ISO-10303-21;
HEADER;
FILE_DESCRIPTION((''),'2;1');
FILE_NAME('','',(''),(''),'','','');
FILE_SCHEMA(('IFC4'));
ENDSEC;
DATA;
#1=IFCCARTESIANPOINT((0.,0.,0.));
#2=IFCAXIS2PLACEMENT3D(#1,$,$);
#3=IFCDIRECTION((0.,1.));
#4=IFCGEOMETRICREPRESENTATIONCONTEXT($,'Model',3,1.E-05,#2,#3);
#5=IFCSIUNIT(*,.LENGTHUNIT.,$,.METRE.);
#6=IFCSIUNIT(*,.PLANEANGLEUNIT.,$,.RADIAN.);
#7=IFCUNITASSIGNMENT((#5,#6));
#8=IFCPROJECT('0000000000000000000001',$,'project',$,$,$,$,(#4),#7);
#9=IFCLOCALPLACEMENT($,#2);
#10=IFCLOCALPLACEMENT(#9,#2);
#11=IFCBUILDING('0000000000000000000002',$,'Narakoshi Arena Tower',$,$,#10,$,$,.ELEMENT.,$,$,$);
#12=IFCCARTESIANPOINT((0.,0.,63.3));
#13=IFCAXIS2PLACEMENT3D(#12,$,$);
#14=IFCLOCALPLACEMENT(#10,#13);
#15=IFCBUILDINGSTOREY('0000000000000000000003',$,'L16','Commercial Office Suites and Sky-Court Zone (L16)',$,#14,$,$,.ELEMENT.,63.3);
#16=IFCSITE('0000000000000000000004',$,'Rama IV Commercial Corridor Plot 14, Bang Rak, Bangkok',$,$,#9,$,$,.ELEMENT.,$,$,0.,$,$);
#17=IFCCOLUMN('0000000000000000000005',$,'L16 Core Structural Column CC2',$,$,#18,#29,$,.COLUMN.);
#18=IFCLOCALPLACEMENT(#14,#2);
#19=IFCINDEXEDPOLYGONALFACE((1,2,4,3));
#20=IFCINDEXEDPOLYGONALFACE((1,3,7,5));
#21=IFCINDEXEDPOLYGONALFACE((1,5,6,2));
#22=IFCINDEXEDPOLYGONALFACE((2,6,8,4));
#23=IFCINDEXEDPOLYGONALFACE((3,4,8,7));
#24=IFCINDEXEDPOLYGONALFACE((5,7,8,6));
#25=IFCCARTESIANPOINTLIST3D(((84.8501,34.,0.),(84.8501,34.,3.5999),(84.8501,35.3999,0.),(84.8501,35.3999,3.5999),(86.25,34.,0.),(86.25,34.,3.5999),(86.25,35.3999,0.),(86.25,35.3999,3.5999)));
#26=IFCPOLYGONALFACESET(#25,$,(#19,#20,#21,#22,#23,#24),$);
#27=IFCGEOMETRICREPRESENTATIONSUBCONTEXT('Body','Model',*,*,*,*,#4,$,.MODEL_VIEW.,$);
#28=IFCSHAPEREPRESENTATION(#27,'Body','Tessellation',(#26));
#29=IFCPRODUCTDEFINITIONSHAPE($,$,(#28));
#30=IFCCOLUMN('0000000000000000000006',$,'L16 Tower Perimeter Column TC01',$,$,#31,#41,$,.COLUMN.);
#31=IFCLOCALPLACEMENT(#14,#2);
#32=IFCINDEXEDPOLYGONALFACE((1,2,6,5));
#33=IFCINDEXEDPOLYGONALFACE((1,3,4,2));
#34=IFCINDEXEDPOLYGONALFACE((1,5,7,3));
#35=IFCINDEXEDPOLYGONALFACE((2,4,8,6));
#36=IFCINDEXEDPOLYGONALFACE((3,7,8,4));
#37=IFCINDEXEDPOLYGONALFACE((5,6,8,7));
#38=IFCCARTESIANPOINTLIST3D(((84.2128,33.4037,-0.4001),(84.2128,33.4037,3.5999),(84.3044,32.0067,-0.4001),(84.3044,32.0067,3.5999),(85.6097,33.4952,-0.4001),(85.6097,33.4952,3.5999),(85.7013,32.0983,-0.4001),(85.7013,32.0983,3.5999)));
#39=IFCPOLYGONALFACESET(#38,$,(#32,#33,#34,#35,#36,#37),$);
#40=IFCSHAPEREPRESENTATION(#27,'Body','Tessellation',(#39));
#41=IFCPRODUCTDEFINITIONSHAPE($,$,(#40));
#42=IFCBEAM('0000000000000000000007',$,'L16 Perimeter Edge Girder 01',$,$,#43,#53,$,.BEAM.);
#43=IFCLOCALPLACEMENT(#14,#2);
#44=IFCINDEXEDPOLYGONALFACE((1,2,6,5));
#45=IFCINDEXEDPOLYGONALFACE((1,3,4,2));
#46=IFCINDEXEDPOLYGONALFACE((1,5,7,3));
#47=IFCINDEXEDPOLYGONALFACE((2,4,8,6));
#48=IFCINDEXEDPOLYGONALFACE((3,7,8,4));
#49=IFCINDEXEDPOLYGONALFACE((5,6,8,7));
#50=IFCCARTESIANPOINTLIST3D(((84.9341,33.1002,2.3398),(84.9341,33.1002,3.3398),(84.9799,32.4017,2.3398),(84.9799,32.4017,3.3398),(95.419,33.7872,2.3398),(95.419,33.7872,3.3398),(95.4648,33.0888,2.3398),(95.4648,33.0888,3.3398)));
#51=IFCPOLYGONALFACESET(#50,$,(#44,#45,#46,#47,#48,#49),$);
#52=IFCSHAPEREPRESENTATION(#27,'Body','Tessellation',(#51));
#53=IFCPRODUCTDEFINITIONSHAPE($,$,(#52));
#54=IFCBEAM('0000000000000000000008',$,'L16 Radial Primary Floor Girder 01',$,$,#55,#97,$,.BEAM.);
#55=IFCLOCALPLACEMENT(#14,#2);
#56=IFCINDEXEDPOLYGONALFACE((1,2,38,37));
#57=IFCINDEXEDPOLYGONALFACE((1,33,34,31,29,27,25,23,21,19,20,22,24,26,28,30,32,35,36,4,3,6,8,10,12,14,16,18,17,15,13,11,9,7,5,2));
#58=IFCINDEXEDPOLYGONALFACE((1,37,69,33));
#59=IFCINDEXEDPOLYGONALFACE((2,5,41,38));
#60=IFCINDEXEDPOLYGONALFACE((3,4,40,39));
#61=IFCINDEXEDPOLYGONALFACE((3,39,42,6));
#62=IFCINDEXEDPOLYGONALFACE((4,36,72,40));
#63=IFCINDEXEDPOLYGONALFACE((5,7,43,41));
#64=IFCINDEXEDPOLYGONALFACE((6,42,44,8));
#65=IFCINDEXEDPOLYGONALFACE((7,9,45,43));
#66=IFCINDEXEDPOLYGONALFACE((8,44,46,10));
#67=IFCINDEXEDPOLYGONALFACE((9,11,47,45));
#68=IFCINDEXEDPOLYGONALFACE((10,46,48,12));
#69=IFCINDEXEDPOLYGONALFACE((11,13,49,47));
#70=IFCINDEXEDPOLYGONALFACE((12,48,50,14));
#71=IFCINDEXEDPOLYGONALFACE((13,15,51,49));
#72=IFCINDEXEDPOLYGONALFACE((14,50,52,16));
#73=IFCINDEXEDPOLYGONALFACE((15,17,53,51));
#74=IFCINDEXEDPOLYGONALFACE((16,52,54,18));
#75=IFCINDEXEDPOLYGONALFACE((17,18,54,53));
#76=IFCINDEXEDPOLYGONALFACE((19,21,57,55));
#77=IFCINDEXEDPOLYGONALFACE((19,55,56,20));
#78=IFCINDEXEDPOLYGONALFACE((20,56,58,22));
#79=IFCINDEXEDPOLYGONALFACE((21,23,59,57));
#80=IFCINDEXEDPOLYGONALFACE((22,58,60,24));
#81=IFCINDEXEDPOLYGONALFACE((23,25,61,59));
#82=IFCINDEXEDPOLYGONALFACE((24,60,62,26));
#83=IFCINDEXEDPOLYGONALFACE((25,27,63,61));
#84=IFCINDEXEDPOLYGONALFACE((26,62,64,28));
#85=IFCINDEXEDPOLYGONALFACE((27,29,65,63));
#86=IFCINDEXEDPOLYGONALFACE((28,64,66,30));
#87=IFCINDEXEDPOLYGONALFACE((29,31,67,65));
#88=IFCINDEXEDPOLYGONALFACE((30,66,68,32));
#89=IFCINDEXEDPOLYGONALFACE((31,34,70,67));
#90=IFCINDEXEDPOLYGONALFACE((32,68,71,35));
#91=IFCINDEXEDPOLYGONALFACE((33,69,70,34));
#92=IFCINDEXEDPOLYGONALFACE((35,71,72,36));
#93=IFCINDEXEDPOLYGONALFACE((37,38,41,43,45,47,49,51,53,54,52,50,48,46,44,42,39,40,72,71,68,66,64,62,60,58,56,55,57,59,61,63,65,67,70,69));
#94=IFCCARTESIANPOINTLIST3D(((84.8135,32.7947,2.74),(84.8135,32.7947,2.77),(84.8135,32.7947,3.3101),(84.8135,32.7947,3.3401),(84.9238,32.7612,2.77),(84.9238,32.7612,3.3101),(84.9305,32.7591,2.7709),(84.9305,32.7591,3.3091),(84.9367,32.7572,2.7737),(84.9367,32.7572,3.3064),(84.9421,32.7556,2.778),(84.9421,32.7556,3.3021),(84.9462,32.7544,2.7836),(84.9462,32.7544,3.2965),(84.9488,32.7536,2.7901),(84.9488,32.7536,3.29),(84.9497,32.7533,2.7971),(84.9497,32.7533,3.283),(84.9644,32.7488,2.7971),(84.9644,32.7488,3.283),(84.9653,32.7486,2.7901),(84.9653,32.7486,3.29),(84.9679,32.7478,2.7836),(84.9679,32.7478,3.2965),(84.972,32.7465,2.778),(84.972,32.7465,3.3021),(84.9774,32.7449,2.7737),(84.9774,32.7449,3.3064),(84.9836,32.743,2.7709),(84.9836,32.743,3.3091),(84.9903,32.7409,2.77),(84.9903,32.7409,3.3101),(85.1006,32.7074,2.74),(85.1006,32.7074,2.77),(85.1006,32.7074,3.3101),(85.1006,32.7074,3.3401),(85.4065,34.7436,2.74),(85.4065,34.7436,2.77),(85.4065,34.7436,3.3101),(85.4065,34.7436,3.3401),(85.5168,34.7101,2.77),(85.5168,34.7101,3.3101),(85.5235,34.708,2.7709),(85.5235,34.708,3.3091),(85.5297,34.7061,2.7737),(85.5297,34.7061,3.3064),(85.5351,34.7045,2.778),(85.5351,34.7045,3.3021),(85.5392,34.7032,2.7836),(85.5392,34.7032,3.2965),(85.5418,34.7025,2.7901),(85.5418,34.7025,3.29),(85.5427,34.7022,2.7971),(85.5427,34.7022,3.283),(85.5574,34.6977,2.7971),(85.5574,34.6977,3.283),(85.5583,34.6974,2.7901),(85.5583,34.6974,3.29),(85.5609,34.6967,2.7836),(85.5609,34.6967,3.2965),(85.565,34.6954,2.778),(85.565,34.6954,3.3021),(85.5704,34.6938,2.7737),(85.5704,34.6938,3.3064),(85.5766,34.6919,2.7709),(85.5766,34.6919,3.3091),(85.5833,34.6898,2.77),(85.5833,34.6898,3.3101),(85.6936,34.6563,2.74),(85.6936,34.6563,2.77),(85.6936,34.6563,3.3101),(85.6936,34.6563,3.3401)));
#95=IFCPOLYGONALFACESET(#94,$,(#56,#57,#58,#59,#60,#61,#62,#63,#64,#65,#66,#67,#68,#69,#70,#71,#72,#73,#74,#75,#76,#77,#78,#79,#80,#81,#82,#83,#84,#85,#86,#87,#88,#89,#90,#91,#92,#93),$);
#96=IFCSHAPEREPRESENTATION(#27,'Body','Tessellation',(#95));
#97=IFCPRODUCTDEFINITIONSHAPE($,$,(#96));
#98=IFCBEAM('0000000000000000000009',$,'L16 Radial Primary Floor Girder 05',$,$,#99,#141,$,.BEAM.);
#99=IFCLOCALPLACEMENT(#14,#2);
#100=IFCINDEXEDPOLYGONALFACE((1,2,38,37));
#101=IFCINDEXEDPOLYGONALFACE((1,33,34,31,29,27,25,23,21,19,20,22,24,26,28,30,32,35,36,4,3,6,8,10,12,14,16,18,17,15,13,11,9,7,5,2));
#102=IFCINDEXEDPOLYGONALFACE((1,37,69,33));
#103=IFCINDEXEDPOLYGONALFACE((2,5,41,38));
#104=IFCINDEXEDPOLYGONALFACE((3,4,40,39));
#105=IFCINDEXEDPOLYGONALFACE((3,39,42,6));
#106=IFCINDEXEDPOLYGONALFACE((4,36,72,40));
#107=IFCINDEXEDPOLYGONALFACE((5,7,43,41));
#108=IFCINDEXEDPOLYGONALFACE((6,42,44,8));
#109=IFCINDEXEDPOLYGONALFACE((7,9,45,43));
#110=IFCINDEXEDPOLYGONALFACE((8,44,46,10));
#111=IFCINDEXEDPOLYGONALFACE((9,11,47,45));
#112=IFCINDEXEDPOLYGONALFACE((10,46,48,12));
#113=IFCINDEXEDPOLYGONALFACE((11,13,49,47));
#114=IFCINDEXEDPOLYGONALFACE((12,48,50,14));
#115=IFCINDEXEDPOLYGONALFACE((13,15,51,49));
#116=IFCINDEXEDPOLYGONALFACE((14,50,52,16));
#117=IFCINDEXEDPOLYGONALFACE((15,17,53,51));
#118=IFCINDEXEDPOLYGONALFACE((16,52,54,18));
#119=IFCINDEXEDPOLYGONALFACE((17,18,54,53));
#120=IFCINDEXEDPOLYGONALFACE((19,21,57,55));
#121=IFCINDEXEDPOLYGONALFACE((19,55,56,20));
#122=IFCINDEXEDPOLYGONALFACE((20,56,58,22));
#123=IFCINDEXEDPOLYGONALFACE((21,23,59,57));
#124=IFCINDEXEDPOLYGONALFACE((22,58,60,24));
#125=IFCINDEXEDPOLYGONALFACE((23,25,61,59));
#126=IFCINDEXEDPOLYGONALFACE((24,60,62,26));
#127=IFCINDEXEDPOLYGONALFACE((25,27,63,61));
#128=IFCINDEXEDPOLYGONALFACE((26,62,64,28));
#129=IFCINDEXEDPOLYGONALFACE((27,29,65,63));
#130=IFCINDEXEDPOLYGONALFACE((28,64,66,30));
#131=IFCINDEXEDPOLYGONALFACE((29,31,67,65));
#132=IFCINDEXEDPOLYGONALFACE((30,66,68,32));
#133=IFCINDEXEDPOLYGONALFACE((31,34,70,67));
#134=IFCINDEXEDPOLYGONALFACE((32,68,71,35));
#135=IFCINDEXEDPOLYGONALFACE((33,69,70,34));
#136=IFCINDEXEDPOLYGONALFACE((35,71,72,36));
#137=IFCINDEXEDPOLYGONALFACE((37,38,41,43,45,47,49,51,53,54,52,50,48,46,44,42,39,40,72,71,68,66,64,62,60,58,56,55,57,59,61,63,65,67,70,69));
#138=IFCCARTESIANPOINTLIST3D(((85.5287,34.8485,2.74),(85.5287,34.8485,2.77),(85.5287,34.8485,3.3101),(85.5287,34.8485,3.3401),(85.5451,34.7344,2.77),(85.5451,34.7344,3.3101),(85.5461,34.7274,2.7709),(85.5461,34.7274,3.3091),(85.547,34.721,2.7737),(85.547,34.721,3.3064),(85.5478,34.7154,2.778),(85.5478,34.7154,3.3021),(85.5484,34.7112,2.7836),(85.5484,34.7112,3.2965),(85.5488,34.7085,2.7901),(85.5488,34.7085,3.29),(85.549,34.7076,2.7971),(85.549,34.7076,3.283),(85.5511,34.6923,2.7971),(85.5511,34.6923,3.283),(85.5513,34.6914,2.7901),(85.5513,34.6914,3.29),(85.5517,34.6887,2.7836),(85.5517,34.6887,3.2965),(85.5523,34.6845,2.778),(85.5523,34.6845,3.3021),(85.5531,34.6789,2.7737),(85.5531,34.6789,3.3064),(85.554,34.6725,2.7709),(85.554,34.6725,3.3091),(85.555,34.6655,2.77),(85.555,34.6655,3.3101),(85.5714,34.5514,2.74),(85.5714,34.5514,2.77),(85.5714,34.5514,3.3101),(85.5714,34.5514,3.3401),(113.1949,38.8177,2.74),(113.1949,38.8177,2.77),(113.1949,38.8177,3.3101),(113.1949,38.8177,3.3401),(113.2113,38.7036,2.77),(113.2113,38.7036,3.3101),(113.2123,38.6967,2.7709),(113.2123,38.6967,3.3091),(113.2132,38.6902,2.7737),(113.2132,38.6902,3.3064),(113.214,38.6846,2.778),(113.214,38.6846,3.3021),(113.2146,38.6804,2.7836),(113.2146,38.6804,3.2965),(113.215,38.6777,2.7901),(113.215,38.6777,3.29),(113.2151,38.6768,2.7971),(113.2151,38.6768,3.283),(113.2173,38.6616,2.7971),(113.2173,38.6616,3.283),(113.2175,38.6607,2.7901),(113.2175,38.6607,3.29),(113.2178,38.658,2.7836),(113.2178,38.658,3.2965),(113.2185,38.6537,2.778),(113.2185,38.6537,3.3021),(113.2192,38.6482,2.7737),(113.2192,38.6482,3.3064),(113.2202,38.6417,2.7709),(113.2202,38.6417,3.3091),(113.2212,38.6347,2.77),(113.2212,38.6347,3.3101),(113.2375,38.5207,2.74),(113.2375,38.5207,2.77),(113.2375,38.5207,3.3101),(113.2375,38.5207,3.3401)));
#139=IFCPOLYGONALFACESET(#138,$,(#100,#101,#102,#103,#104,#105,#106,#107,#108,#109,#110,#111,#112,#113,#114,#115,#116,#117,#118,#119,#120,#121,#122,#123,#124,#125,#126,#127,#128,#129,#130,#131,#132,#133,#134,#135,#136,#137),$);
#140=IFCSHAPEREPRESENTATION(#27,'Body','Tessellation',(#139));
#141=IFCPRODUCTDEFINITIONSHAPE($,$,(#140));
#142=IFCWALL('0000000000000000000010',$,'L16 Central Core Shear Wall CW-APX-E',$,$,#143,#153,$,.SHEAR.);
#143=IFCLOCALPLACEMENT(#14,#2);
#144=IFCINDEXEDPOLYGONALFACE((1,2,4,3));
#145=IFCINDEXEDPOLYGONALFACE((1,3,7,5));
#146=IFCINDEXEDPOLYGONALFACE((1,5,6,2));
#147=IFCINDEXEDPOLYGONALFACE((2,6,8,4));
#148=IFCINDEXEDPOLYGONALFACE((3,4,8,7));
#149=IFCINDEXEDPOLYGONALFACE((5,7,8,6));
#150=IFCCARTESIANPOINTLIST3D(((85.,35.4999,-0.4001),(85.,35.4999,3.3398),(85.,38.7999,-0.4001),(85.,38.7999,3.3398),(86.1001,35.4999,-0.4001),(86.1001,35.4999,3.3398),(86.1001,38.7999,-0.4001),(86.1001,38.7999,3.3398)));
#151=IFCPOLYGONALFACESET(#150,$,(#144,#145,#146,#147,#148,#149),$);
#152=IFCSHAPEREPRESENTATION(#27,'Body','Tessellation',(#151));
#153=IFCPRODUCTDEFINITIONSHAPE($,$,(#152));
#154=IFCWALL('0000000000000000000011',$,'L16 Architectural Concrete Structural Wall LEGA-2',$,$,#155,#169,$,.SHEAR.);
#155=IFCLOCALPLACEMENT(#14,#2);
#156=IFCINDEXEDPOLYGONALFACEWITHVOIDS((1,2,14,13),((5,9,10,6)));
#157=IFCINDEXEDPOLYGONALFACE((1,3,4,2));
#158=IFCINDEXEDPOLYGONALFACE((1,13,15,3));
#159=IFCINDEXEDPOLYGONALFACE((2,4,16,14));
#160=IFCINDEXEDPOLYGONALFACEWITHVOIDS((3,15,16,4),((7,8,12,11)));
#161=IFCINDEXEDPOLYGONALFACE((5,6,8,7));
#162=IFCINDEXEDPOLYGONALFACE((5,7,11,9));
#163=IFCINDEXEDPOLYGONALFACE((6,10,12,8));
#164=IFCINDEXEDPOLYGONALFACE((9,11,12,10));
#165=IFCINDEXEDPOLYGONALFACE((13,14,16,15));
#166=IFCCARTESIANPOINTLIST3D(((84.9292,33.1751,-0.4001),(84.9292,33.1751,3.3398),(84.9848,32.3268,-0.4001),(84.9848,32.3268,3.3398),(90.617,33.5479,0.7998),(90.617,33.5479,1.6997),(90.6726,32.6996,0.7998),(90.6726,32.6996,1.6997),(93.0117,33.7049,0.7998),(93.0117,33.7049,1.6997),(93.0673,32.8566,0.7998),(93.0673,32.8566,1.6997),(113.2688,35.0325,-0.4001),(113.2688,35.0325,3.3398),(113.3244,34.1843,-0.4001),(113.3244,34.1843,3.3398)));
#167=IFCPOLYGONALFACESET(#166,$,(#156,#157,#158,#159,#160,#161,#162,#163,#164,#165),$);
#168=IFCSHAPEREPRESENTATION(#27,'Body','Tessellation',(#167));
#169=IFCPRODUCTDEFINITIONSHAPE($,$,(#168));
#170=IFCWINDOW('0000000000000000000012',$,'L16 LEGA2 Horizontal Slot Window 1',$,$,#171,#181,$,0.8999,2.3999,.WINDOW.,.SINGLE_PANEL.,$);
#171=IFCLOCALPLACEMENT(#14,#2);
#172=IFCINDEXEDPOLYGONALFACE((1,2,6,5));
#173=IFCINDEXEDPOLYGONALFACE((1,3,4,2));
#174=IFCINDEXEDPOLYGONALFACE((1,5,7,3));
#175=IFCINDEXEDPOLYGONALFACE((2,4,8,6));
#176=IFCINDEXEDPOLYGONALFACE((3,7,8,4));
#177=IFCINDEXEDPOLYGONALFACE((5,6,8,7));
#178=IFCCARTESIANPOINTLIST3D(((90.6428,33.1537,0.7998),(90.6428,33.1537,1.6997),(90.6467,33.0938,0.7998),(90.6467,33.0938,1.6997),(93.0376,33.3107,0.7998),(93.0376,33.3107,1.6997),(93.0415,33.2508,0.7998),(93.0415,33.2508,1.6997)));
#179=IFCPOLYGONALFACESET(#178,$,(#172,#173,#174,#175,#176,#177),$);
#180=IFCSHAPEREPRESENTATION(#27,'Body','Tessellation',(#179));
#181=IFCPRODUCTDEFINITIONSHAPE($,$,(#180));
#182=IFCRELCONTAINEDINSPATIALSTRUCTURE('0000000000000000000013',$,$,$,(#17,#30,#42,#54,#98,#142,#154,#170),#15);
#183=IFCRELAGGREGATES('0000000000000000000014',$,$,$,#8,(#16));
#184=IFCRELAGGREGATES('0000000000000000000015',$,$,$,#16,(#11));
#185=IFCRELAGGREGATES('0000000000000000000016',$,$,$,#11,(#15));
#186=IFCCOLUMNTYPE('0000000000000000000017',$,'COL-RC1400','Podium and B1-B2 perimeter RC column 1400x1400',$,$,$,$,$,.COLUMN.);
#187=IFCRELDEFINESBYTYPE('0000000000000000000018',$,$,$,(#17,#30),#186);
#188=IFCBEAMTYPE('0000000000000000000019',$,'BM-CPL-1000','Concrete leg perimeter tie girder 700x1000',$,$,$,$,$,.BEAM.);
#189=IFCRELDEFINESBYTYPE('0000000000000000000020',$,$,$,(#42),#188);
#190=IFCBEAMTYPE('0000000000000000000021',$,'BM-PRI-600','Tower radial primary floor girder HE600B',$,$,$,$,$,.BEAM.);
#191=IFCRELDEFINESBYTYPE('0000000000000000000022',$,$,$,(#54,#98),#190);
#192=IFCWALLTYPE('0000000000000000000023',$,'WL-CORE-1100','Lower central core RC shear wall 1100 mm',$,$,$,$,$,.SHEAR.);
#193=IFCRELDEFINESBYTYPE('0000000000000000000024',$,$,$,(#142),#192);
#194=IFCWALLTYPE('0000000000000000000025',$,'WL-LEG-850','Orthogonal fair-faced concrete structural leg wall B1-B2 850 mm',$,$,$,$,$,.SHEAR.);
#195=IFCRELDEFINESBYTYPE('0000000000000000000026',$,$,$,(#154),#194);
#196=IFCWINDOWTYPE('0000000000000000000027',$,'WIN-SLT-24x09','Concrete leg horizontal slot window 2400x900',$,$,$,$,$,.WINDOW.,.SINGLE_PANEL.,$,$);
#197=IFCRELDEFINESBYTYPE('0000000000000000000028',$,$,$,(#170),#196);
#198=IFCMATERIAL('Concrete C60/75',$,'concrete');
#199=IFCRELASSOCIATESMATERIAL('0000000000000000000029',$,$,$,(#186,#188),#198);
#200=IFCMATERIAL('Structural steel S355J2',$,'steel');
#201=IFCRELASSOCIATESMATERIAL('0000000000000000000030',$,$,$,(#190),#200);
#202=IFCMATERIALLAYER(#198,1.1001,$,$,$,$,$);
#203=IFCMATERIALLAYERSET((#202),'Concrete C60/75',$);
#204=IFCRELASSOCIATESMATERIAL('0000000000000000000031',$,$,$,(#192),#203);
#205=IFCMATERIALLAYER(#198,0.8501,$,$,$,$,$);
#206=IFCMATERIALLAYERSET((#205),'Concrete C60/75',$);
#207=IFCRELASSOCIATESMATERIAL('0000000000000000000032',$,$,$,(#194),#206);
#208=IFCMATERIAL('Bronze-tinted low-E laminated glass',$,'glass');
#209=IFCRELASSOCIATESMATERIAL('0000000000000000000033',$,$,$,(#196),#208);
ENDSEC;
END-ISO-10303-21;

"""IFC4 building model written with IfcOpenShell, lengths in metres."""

from ifc_helpers import new_model, si_unit, direction, frame, frame_2d, origin, origin_2d, place, context, subcontext, project, spatial, rectangle, i_section, extrude, material, layer, layer_set, material_profile, profile_set, type_object, element, fill, save


model = new_model("IFC4")

# Units and contexts
model_context = context("Model", 3, precision=1e-05, world=origin(), true_north=direction((0.0, 1.0)))
body_context = subcontext(model_context, "Body", "Model", "MODEL_VIEW")
ifc_project = project(units=[si_unit("LENGTHUNIT", "METRE"), si_unit("PLANEANGLEUNIT", "RADIAN")], contexts=[model_context])

# Site, building, storey
site_placement = place(None, origin())
site = spatial("IfcSite", under=ifc_project, at=site_placement, Name="Rama IV Commercial Corridor Plot 14, Bang Rak, Bangkok", CompositionType="ELEMENT", RefElevation=0.0)
building_placement = place(site_placement, origin())
building = spatial("IfcBuilding", under=site, at=building_placement, Name="Narakoshi Arena Tower", CompositionType="ELEMENT")
storey_placement = place(building_placement, frame((0.0, 0.0, 63.3)))
storey = spatial("IfcBuildingStorey", under=building, at=storey_placement, Name="L16", Description="Commercial Office Suites and Sky-Court Zone (L16)", CompositionType="ELEMENT", Elevation=63.3)

# Columns
ifc_material_1 = material(Name="Concrete C60/75", Category="concrete")
ifc_material_profile_1 = material_profile(ifc_material_1, rectangle(XDim=1.3999, YDim=1.3999, at=origin_2d()), Name="RC1400x1400")
ifc_profile_set_1 = profile_set([ifc_material_profile_1], Name="Concrete C60/75")
column_type = type_object("IfcColumnType", Name="COL-RC1400", Description="Podium and B1-B2 perimeter RC column 1400x1400", PredefinedType="COLUMN", material=ifc_profile_set_1)
column_1_placement = place(storey_placement, frame((85.55, 34.7, 0.0), z_axis=(0.0, 0.0, 1.0), x_axis=(1.0, 0.0, 0.0)))
element("IfcColumn", 1, at=column_1_placement, inside=storey, type_object=column_type, Name="L16 Core Structural Column CC2", PredefinedType="COLUMN", context=body_context, shape_type="SweptSolid", body=[
    extrude(rectangle(XDim=1.3999, YDim=1.3999, at=origin_2d()), origin(), (0.0, 0.0, 1.0), 3.5999),
])
column_2_placement = place(storey_placement, frame((84.957, 32.751, -0.4001), z_axis=(0.0, 0.0, 1.0), x_axis=(0.997859, 0.065403, 0.0)))
element("IfcColumn", 2, at=column_2_placement, inside=storey, type_object=column_type, Name="L16 Tower Perimeter Column TC01", PredefinedType="COLUMN", context=body_context, shape_type="SweptSolid", body=[
    extrude(rectangle(XDim=1.3999, YDim=1.3999, at=origin_2d()), origin(), (0.0, 0.0, 1.0), 4.0),
])

# Beams
ifc_material_profile_2 = material_profile(ifc_material_1, rectangle(XDim=0.7, YDim=1.0, at=origin_2d()), Name="RCB700x1000")
ifc_profile_set_2 = profile_set([ifc_material_profile_2], Name="Concrete C60/75")
beam_type_1 = type_object("IfcBeamType", Name="BM-CPL-1000", Description="Concrete leg perimeter tie girder 700x1000", PredefinedType="BEAM", material=ifc_profile_set_2)
beam_1_placement = place(storey_placement, frame((84.957, 32.751, 2.8398), z_axis=(0.99786, 0.065384, 0.0), x_axis=(-0.065384, 0.99786, 0.0)))
element("IfcBeam", 3, at=beam_1_placement, inside=storey, type_object=beam_type_1, Name="L16 Perimeter Edge Girder 01", PredefinedType="BEAM", context=body_context, shape_type="SweptSolid", body=[
    extrude(rectangle(XDim=0.7, YDim=1.0, at=origin_2d()), origin(), (0.0, 0.0, 1.0), 10.5073),
])
ifc_material_2 = material(Name="Structural steel S355J2", Category="steel")
ifc_material_profile_3 = material_profile(ifc_material_2, i_section(OverallWidth=0.3, OverallDepth=0.6001, WebThickness=0.0154, FlangeThickness=0.03, FilletRadius=0.0271, at=origin_2d()), Name="HE600B")
ifc_profile_set_3 = profile_set([ifc_material_profile_3], Name="Structural steel S355J2")
beam_type_2 = type_object("IfcBeamType", Name="BM-PRI-600", Description="Tower radial primary floor girder HE600B", PredefinedType="BEAM", material=ifc_profile_set_3)
beam_2_placement = place(storey_placement, frame((85.55, 34.7, 3.04), z_axis=(-0.291095, -0.956694, 0.0), x_axis=(0.956694, -0.291095, 0.0)))
element("IfcBeam", 4, at=beam_2_placement, inside=storey, type_object=beam_type_2, Name="L16 Radial Primary Floor Girder 01", PredefinedType="BEAM", context=body_context, shape_type="SweptSolid", body=[
    extrude(i_section(OverallWidth=0.3, OverallDepth=0.6001, WebThickness=0.0154, FlangeThickness=0.03, FilletRadius=0.0271, at=origin_2d()), origin(), (0.0, 0.0, 1.0), 2.0371),
])
beam_3_placement = place(storey_placement, frame((85.55, 34.7, 3.04), z_axis=(0.989865, 0.142014, 0.0), x_axis=(-0.142014, 0.989865, 0.0)))
element("IfcBeam", 5, at=beam_3_placement, inside=storey, type_object=beam_type_2, Name="L16 Radial Primary Floor Girder 05", PredefinedType="BEAM", context=body_context, shape_type="SweptSolid", body=[
    extrude(i_section(OverallWidth=0.3, OverallDepth=0.6001, WebThickness=0.0154, FlangeThickness=0.03, FilletRadius=0.0271, at=origin_2d()), origin(), (0.0, 0.0, 1.0), 27.9495),
])

# Wall
ifc_layer_1 = layer(ifc_material_1, 1.1001)
ifc_layer_set_1 = layer_set([ifc_layer_1], Name="Concrete C60/75")
wall_type_1 = type_object("IfcWallType", Name="WL-CORE-1100", Description="Lower central core RC shear wall 1100 mm", PredefinedType="SHEAR", material=ifc_layer_set_1)
wall_1_placement = place(storey_placement, frame((85.55, 35.5, -0.4001), z_axis=(0.0, 0.0, 1.0), x_axis=(0.0, 1.0, 0.0)))
element("IfcWall", 6, at=wall_1_placement, inside=storey, type_object=wall_type_1, Name="L16 Central Core Shear Wall CW-APX-E", PredefinedType="SHEAR", context=body_context, shape_type="SweptSolid", body=[
    extrude(rectangle(XDim=3.3, YDim=1.1001, at=frame_2d((1.6499, 0.0))), origin(), (0.0, 0.0, 1.0), 3.74),
])

# Wall, opening, window
ifc_layer_2 = layer(ifc_material_1, 0.8501)
ifc_layer_set_2 = layer_set([ifc_layer_2], Name="Concrete C60/75")
wall_type_2 = type_object("IfcWallType", Name="WL-LEG-850", Description="Orthogonal fair-faced concrete structural leg wall B1-B2 850 mm", PredefinedType="SHEAR", material=ifc_layer_set_2)
wall_2_placement = place(storey_placement, frame((84.957, 32.751, -0.4001), z_axis=(0.0, 0.0, 1.0), x_axis=(0.997859, 0.065401, 0.0)))
wall_2 = element("IfcWall", 7, at=wall_2_placement, inside=storey, type_object=wall_type_2, Name="L16 Architectural Concrete Structural Wall LEGA-2", PredefinedType="SHEAR", context=body_context, shape_type="SweptSolid", body=[
    extrude(rectangle(XDim=28.4004, YDim=0.8501, at=frame_2d((14.2002, 0.0))), origin(), (0.0, 0.0, 1.0), 3.74),
])
opening_1_placement = place(wall_2_placement, frame((5.7, 0.0, 1.2)))
opening_1 = element("IfcOpeningElement", 8, at=opening_1_placement, cuts=wall_2, PredefinedType="OPENING", context=body_context, shape_type="SweptSolid", body=[
    extrude(rectangle(XDim=2.3999, YDim=0.8999, at=frame_2d((1.2, 0.45))), frame((0.0, 0.4351, 0.0), z_axis=(0.0, -1.0, 0.0), x_axis=(1.0, 0.0, 0.0)), (0.0, 0.0, 1.0), 0.8701),
])
ifc_material_3 = material(Name="Bronze-tinted low-E laminated glass", Category="glass")
window_type = type_object("IfcWindowType", Name="WIN-SLT-24x09", Description="Concrete leg horizontal slot window 2400x900", PartitioningType="SINGLE_PANEL", PredefinedType="WINDOW", material=ifc_material_3)
window_placement = place(opening_1_placement, origin())
window = element("IfcWindow", 9, at=window_placement, inside=storey, type_object=window_type, Name="L16 LEGA2 Horizontal Slot Window 1", OverallHeight=0.8999, OverallWidth=2.3999, PartitioningType="SINGLE_PANEL", PredefinedType="WINDOW", context=body_context, shape_type="SweptSolid", body=[
    extrude(rectangle(XDim=2.3999, YDim=0.8999, at=frame_2d((1.2, 0.45))), frame((0.0, 0.03, 0.0), z_axis=(0.0, -1.0, 0.0), x_axis=(1.0, 0.0, 0.0)), (0.0, 0.0, 1.0), 0.0601),
])
fill(opening_1, window)

save(model, "model.ifc")
